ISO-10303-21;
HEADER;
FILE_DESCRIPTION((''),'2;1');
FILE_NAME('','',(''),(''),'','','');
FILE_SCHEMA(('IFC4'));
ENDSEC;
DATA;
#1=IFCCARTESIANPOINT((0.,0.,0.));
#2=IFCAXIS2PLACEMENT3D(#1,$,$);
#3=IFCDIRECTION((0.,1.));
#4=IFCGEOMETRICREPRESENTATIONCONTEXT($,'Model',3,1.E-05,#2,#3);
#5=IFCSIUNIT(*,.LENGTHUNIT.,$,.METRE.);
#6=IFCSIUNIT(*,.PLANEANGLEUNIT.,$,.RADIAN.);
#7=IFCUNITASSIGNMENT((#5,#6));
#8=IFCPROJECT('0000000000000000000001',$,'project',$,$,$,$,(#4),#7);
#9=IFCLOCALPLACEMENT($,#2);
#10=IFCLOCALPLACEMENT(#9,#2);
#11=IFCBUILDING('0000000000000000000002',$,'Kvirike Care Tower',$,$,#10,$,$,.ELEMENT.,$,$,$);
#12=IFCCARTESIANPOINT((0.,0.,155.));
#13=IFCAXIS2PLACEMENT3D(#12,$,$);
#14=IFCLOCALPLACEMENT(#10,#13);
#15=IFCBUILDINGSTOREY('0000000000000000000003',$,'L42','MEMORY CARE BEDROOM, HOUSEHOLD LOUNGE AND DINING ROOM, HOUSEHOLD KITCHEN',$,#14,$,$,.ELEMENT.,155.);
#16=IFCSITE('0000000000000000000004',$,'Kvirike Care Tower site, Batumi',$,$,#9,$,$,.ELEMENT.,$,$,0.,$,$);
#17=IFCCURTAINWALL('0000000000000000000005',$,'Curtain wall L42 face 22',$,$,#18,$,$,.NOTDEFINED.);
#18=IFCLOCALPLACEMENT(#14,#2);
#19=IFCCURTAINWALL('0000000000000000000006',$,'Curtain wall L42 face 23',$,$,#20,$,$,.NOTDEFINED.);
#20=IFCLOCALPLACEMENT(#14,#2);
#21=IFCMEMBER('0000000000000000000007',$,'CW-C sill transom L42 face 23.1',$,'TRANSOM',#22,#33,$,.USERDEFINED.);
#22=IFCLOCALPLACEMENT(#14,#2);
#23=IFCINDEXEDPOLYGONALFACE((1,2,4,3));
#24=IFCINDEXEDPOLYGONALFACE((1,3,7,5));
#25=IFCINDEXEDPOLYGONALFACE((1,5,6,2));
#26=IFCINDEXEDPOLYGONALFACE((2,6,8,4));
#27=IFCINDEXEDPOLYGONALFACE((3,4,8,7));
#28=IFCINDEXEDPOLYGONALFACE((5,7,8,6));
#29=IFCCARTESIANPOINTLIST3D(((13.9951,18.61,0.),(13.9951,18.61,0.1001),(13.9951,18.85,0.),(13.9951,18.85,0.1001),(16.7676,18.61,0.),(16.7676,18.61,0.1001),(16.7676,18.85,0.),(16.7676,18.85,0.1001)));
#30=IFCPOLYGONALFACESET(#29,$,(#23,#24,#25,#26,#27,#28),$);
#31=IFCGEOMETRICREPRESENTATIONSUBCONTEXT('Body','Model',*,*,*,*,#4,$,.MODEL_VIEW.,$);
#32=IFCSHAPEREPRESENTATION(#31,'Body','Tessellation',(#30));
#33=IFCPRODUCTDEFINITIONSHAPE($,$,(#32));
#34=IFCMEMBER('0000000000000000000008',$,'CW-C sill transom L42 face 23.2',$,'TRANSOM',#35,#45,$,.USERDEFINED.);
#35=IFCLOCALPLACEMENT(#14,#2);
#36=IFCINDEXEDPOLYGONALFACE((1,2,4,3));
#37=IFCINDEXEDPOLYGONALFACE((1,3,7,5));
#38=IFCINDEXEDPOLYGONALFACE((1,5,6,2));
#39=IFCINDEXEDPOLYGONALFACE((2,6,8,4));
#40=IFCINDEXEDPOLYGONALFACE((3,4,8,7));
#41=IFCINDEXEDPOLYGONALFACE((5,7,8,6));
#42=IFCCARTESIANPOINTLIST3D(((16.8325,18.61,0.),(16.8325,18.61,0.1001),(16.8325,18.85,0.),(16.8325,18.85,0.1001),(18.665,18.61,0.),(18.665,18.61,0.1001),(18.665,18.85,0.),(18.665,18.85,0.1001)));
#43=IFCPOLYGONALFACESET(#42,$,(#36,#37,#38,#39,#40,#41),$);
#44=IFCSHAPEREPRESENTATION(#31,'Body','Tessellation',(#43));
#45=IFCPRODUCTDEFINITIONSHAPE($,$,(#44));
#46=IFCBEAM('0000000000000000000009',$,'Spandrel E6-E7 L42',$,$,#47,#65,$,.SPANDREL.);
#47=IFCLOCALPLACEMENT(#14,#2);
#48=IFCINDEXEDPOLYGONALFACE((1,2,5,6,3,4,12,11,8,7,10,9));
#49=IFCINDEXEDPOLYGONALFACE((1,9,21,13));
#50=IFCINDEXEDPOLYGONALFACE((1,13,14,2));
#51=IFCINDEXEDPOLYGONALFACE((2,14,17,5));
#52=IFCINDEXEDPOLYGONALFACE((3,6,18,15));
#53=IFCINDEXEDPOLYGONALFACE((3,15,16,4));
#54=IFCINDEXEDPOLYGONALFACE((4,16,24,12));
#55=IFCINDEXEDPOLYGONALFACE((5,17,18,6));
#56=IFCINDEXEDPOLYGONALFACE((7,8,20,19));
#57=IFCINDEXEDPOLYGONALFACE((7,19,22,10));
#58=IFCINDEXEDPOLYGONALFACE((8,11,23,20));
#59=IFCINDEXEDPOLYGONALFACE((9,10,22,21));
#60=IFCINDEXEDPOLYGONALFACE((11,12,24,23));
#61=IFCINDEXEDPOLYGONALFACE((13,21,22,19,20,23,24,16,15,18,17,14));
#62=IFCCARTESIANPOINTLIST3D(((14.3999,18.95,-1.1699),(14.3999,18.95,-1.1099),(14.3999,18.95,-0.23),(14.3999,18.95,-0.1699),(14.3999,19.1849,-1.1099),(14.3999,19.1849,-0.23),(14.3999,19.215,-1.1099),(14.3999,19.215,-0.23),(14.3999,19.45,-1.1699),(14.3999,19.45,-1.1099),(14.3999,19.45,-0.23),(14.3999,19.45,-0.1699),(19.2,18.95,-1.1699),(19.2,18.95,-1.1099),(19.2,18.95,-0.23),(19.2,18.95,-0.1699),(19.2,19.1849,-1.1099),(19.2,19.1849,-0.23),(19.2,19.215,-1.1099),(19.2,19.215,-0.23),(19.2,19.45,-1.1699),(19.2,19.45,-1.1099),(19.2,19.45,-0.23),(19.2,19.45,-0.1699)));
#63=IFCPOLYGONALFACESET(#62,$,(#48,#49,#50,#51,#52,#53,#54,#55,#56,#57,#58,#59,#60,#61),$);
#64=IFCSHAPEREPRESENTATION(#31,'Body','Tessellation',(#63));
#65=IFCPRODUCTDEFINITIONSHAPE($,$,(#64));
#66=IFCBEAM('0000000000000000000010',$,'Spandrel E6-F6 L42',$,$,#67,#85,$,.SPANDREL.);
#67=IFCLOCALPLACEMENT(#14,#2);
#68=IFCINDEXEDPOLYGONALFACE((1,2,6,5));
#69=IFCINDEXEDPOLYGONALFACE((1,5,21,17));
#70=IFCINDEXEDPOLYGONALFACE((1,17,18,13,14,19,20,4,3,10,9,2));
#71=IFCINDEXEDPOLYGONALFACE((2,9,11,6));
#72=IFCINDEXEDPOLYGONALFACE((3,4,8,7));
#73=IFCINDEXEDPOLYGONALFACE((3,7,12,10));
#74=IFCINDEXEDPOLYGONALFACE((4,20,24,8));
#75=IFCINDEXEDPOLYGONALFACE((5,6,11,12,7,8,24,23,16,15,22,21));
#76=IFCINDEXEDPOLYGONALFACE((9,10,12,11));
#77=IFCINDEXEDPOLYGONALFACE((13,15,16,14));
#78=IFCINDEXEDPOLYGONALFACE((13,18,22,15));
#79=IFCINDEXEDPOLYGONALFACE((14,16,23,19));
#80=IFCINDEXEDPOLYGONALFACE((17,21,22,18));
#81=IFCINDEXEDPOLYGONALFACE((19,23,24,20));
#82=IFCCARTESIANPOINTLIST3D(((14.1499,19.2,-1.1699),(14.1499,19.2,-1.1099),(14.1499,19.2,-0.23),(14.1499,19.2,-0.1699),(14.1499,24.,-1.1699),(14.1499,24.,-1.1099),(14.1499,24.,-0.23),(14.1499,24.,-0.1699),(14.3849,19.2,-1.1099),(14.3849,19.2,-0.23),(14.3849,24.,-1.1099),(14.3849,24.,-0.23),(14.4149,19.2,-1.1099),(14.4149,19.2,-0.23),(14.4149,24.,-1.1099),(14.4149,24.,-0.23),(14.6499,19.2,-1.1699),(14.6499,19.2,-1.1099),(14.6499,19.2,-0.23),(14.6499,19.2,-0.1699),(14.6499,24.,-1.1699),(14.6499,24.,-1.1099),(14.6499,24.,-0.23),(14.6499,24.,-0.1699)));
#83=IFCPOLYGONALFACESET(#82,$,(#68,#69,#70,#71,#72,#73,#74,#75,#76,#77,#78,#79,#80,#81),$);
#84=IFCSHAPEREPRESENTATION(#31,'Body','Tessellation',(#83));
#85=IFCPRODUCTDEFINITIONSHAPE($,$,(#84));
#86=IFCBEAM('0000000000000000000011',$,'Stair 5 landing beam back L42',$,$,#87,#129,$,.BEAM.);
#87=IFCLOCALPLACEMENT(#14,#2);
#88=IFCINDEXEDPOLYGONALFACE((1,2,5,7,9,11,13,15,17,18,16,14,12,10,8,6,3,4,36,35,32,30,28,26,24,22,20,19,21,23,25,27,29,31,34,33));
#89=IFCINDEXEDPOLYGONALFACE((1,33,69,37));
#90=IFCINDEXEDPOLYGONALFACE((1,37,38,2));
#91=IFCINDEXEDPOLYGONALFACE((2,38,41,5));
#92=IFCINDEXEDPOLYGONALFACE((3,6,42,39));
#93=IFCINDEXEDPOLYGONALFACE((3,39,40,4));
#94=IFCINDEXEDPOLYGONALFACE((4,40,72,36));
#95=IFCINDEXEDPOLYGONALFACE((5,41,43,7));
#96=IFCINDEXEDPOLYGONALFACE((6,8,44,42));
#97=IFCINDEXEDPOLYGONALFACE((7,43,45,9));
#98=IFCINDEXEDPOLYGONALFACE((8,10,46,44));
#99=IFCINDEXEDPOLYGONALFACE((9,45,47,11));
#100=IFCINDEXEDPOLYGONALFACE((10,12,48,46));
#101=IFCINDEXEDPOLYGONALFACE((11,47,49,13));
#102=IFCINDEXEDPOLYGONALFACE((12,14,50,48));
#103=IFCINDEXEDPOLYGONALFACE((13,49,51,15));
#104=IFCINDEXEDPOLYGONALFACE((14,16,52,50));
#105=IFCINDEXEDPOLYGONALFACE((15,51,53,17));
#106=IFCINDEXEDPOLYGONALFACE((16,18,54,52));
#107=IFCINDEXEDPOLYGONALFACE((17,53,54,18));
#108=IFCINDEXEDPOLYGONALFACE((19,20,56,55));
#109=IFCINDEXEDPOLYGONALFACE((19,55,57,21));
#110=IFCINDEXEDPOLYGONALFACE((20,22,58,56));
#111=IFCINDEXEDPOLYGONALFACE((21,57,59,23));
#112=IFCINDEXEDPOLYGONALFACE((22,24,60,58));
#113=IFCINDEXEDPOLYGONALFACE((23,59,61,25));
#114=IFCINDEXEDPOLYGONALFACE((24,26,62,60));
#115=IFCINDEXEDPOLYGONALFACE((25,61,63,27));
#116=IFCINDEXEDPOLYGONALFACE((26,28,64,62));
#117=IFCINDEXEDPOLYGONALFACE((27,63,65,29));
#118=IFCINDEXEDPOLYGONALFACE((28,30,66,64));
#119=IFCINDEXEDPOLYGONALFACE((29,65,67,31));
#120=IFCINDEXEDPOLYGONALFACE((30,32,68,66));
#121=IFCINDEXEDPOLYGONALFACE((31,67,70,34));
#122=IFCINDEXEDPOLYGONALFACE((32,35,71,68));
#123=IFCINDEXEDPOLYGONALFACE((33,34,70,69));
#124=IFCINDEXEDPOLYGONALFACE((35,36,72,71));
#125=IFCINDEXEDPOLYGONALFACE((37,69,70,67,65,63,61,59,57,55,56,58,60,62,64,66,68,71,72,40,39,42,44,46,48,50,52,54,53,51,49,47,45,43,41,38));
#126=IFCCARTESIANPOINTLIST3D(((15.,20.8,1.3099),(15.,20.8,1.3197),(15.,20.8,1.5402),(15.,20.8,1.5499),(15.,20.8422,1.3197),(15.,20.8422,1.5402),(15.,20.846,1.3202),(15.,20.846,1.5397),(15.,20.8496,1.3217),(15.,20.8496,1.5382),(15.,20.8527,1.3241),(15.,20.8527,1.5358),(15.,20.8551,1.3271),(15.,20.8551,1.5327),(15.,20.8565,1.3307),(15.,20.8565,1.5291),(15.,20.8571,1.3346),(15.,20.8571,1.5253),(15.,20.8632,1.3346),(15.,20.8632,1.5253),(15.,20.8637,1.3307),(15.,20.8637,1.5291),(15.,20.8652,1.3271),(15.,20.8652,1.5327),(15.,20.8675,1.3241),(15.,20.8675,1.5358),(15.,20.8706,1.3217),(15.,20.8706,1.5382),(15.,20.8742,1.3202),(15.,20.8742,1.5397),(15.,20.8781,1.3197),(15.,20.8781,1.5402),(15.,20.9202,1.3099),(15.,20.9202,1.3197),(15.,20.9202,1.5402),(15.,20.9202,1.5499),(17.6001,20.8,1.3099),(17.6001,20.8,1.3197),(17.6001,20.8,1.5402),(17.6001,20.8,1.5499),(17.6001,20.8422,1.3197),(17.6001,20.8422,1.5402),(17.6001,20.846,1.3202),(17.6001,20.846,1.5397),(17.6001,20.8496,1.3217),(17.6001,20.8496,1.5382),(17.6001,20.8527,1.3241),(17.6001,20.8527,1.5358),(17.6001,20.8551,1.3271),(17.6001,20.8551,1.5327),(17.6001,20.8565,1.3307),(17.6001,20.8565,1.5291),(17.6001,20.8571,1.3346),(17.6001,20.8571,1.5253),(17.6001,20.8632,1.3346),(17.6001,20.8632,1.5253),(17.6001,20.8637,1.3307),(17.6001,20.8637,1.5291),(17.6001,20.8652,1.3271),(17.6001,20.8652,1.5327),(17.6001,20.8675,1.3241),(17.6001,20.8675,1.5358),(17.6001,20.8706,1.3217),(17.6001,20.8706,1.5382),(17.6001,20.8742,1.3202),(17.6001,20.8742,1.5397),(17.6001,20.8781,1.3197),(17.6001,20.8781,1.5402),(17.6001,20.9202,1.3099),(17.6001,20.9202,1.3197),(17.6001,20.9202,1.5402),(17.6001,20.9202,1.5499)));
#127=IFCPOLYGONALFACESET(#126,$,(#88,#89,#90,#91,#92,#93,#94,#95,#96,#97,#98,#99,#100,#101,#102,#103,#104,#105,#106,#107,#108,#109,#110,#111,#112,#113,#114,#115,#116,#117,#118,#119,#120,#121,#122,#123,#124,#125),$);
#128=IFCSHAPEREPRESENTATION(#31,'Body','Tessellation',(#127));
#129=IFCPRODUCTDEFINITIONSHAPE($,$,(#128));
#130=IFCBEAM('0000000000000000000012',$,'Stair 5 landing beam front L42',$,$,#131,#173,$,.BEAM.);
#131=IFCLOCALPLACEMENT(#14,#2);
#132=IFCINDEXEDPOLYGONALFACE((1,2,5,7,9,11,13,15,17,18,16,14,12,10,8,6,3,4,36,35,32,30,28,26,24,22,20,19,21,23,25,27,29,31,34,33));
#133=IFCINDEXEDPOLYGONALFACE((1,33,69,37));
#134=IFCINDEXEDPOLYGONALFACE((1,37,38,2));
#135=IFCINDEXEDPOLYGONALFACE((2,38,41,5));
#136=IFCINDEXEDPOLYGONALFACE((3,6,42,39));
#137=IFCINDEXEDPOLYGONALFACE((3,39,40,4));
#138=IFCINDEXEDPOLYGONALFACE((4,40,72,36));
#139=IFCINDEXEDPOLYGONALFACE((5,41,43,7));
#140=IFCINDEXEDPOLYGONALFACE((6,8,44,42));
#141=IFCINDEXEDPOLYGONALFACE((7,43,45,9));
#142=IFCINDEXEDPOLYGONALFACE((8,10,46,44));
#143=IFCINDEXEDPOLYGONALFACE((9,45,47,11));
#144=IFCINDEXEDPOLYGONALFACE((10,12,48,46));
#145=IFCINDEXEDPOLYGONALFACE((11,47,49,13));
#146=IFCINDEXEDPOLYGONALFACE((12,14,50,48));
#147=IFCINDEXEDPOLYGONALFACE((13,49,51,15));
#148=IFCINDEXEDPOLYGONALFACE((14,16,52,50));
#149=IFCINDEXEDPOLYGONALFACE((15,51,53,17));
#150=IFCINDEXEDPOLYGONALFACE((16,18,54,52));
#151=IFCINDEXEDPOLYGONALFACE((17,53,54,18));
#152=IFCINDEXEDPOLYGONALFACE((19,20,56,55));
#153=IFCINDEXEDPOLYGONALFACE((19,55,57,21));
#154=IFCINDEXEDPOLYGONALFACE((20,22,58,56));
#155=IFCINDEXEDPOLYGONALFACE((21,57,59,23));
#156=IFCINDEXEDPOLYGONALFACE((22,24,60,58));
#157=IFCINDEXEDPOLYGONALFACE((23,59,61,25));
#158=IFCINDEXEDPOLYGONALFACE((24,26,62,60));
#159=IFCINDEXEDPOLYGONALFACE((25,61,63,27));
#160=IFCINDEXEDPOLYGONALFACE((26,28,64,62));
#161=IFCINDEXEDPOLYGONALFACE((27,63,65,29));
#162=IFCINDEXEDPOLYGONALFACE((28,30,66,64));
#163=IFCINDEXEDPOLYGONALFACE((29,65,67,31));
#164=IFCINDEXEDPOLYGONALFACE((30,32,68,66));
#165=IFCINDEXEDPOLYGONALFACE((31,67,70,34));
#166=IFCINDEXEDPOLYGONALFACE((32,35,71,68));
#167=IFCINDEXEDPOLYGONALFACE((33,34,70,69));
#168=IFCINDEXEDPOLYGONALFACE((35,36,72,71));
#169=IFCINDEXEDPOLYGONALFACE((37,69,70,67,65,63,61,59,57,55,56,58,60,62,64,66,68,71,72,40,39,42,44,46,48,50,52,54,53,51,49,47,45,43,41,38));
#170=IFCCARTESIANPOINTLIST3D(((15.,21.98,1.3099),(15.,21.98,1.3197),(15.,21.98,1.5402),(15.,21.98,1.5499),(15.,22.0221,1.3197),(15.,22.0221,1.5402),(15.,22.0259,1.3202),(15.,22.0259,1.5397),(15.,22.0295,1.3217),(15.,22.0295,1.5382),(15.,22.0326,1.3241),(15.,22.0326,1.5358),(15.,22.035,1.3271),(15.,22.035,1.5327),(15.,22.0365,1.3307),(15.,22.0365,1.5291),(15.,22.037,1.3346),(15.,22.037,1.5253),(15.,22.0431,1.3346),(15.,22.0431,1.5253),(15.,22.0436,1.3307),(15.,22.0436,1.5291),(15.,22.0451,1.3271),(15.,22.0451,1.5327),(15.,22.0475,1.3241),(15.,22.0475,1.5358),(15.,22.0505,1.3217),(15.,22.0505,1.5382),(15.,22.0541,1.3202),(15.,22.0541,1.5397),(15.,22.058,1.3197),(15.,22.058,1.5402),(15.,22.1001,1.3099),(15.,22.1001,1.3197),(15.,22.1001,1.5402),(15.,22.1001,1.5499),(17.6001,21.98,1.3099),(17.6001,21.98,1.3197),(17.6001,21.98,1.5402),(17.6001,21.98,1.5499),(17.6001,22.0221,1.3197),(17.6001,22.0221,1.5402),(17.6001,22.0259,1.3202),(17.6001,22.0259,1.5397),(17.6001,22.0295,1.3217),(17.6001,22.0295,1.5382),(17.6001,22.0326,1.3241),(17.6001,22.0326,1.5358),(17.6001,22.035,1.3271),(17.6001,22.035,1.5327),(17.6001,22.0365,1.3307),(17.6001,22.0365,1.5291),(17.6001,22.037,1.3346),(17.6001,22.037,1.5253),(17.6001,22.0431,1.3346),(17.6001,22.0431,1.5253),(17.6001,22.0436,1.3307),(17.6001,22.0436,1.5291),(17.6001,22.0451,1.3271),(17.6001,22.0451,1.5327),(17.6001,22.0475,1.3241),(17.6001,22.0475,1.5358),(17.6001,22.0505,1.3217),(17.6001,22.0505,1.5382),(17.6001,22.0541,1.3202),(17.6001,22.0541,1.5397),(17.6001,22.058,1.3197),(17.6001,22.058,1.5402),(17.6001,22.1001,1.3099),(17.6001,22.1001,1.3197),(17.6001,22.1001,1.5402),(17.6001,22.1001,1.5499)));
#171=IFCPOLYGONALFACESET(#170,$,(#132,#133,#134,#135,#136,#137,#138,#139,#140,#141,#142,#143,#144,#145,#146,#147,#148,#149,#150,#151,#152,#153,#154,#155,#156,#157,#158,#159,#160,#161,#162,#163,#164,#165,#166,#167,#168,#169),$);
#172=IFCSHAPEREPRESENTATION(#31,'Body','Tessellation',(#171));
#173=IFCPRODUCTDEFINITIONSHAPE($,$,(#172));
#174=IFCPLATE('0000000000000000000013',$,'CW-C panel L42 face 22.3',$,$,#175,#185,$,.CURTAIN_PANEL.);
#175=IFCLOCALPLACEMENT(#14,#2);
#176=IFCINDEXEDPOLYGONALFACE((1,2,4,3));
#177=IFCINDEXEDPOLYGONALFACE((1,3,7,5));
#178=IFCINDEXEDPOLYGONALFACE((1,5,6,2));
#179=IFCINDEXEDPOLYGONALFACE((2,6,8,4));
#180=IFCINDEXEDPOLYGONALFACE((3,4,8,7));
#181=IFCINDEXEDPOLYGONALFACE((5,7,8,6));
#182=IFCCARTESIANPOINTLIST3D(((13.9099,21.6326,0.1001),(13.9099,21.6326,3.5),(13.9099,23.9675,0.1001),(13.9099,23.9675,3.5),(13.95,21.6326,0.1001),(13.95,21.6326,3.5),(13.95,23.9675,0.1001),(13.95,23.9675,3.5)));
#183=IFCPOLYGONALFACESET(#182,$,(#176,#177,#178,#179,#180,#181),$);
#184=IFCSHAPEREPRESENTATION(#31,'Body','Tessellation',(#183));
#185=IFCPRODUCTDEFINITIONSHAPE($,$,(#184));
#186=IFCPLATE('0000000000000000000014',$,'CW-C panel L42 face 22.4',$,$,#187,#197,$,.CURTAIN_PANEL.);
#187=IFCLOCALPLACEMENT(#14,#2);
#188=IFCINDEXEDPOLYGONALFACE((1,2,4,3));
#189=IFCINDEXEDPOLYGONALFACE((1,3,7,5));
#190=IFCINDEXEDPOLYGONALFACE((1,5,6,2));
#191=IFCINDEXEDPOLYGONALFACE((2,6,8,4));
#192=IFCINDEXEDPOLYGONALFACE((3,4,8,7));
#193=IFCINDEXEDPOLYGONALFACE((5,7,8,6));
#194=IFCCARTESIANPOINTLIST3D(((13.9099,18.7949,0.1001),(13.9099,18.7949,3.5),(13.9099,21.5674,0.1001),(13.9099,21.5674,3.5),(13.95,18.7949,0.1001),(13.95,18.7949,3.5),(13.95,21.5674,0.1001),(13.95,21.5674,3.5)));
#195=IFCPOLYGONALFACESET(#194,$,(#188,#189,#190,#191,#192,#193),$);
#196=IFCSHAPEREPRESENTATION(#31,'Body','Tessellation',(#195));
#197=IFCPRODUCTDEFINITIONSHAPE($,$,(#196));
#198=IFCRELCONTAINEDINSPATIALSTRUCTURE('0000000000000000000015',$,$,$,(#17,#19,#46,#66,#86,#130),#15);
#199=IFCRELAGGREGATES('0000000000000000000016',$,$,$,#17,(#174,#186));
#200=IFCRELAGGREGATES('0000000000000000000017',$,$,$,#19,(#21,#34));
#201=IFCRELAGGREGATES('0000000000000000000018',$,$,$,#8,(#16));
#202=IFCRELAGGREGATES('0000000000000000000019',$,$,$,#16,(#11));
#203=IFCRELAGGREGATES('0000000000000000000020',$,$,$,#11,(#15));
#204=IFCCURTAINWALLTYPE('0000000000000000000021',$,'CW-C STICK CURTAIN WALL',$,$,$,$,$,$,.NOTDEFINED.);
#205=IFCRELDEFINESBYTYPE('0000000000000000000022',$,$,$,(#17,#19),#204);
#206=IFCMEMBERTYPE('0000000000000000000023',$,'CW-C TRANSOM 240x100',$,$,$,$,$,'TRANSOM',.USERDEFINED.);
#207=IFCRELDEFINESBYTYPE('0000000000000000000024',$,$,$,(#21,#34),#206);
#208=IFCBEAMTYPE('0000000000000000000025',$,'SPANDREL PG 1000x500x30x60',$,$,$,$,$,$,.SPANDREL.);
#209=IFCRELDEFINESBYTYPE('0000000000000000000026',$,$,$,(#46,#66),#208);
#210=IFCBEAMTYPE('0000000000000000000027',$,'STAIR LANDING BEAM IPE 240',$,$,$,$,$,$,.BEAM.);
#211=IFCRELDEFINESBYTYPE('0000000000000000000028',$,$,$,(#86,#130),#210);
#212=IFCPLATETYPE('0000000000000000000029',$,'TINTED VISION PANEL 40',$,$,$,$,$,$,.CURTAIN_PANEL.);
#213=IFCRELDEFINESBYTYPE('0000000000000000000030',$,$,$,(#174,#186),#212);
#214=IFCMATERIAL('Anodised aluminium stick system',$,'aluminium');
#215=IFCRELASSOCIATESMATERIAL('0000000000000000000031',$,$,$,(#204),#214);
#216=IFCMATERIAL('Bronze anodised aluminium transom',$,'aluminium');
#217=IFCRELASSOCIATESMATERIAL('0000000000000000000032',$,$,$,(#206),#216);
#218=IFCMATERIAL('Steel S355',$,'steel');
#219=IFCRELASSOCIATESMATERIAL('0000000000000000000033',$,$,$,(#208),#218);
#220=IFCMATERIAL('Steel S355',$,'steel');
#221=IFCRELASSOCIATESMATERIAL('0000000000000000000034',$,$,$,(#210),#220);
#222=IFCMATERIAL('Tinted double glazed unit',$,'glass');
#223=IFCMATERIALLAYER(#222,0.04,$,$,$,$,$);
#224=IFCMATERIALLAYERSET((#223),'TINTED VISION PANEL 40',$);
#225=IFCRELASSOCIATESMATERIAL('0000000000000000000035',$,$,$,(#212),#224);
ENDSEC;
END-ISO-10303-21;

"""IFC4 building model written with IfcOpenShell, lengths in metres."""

from ifc_helpers import new_model, si_unit, direction, frame, origin, origin_2d, place, context, subcontext, project, spatial, rectangle, i_section, extrude, material, layer, layer_set, material_profile, profile_set, type_object, element, aggregate, save


model = new_model("IFC4")

# Units and contexts
model_context = context("Model", 3, precision=1e-05, world=origin(), true_north=direction((0.0, 1.0)))
body_context = subcontext(model_context, "Body", "Model", "MODEL_VIEW")
ifc_project = project(units=[si_unit("LENGTHUNIT", "METRE"), si_unit("PLANEANGLEUNIT", "RADIAN")], contexts=[model_context])

# Site, building, storey
site_placement = place(None, origin())
site = spatial("IfcSite", under=ifc_project, at=site_placement, Name="Kvirike Care Tower site, Batumi", CompositionType="ELEMENT", RefElevation=0.0)
building_placement = place(site_placement, origin())
building = spatial("IfcBuilding", under=site, at=building_placement, Name="Kvirike Care Tower", CompositionType="ELEMENT")
storey_placement = place(building_placement, frame((0.0, 0.0, 155.0)))
storey = spatial("IfcBuildingStorey", under=building, at=storey_placement, Name="L42", Description="MEMORY CARE BEDROOM, HOUSEHOLD LOUNGE AND DINING ROOM, HOUSEHOLD KITCHEN", CompositionType="ELEMENT", Elevation=155.0)

# Curtain walls
ifc_material_1 = material(Name="Anodised aluminium stick system", Category="aluminium")
curtain_wall_type = type_object("IfcCurtainWallType", Name="CW-C STICK CURTAIN WALL", PredefinedType="NOTDEFINED", material=ifc_material_1)
curtain_wall_1_placement = place(storey_placement, origin())
curtain_wall_1 = element("IfcCurtainWall", 1, at=curtain_wall_1_placement, inside=storey, type_object=curtain_wall_type, Name="Curtain wall L42 face 22", PredefinedType="NOTDEFINED")
curtain_wall_2_placement = place(storey_placement, origin())
curtain_wall_2 = element("IfcCurtainWall", 2, at=curtain_wall_2_placement, inside=storey, type_object=curtain_wall_type, Name="Curtain wall L42 face 23", PredefinedType="NOTDEFINED")

# Members
ifc_material_2 = material(Name="Bronze anodised aluminium transom", Category="aluminium")
ifc_material_profile_1 = material_profile(ifc_material_2, rectangle(XDim=0.24, YDim=0.1001, at=origin_2d()), Name="CW-C TRANSOM 240x100")
ifc_profile_set_1 = profile_set([ifc_material_profile_1], Name="Bronze anodised aluminium transom")
member_type_1 = type_object("IfcMemberType", Name="CW-C TRANSOM 240x100", ElementType="TRANSOM", PredefinedType="USERDEFINED", material=ifc_profile_set_1)
member_1_placement = place(storey_placement, frame((13.9951, 18.73, 0.05), z_axis=(1.0, 0.0, 0.0), x_axis=(0.0, 1.0, 0.0)))
member_1 = element("IfcMember", 3, at=member_1_placement, type_object=member_type_1, Name="CW-C sill transom L42 face 23.1", ObjectType="TRANSOM", PredefinedType="USERDEFINED", context=body_context, shape_type="SweptSolid", body=[
    extrude(rectangle(XDim=0.24, YDim=0.1001, at=origin_2d()), origin(), (0.0, 0.0, 1.0), 2.7725),
])
member_2_placement = place(storey_placement, frame((16.8325, 18.73, 0.05), z_axis=(1.0, 0.0, 0.0), x_axis=(0.0, 1.0, 0.0)))
member_2 = element("IfcMember", 4, at=member_2_placement, type_object=member_type_1, Name="CW-C sill transom L42 face 23.2", ObjectType="TRANSOM", PredefinedType="USERDEFINED", context=body_context, shape_type="SweptSolid", body=[
    extrude(rectangle(XDim=0.24, YDim=0.1001, at=origin_2d()), origin(), (0.0, 0.0, 1.0), 1.8325),
])

# Beams
ifc_material_3 = material(Name="Steel S355", Category="steel")
ifc_material_profile_2 = material_profile(ifc_material_3, i_section(OverallWidth=0.5, OverallDepth=1.0, WebThickness=0.03, FlangeThickness=0.0601, at=origin_2d()), Name="PG 1000x500x30x60")
ifc_profile_set_2 = profile_set([ifc_material_profile_2], Name="Steel S355")
beam_type_1 = type_object("IfcBeamType", Name="SPANDREL PG 1000x500x30x60", PredefinedType="SPANDREL", material=ifc_profile_set_2)
for number, where, z_axis, x_axis, name in (
    (5, (14.3999, 19.2, -0.6699), (1.0, 0.0, 0.0), (0.0, 1.0, 0.0), "Spandrel E6-E7 L42"),
    (6, (14.3999, 19.2, -0.6699), (0.0, 1.0, 0.0), (-1.0, 0.0, 0.0), "Spandrel E6-F6 L42"),
):
    element("IfcBeam", number, at=place(storey_placement, frame(where, z_axis=z_axis, x_axis=x_axis)), inside=storey, type_object=beam_type_1, Name=name, PredefinedType="SPANDREL", context=body_context, shape_type="SweptSolid", body=[
        extrude(i_section(OverallWidth=0.5, OverallDepth=1.0, WebThickness=0.03, FlangeThickness=0.0601, at=origin_2d()), origin(), (0.0, 0.0, 1.0), 4.8),
    ])
ifc_material_4 = material(Name="Steel S355", Category="steel")
ifc_material_profile_3 = material_profile(ifc_material_4, i_section(OverallWidth=0.1201, OverallDepth=0.24, WebThickness=0.0061, FlangeThickness=0.0098, FilletRadius=0.0149, at=origin_2d()), Name="IPE 240")
ifc_profile_set_3 = profile_set([ifc_material_profile_3], Name="Steel S355")
beam_type_2 = type_object("IfcBeamType", Name="STAIR LANDING BEAM IPE 240", PredefinedType="BEAM", material=ifc_profile_set_3)
for number, where, z_axis, x_axis, name in (
    (7, (15.0, 20.8601, 1.4299), (1.0, 0.0, 0.0), (0.0, 1.0, 0.0), "Stair 5 landing beam back L42"),
    (8, (15.0, 22.04, 1.4299), (1.0, 0.0, 0.0), (0.0, 1.0, 0.0), "Stair 5 landing beam front L42"),
):
    element("IfcBeam", number, at=place(storey_placement, frame(where, z_axis=z_axis, x_axis=x_axis)), inside=storey, type_object=beam_type_2, Name=name, PredefinedType="BEAM", context=body_context, shape_type="SweptSolid", body=[
        extrude(i_section(OverallWidth=0.1201, OverallDepth=0.24, WebThickness=0.0061, FlangeThickness=0.0098, FilletRadius=0.0149, at=origin_2d()), origin(), (0.0, 0.0, 1.0), 2.6001),
    ])

# Plates
ifc_material_5 = material(Name="Tinted double glazed unit", Category="glass")
ifc_layer_1 = layer(ifc_material_5, 0.04)
ifc_layer_set_1 = layer_set([ifc_layer_1], Name="TINTED VISION PANEL 40")
plate_type = type_object("IfcPlateType", Name="TINTED VISION PANEL 40", PredefinedType="CURTAIN_PANEL", material=ifc_layer_set_1)
plate_1_placement = place(storey_placement, frame((13.9299, 22.8, 0.1001), z_axis=(0.0, 0.0, 1.0), x_axis=(0.0, -1.0, 0.0)))
plate_1 = element("IfcPlate", 9, at=plate_1_placement, type_object=plate_type, Name="CW-C panel L42 face 22.3", PredefinedType="CURTAIN_PANEL", context=body_context, shape_type="SweptSolid", body=[
    extrude(rectangle(XDim=2.335, YDim=0.04, at=origin_2d()), origin(), (0.0, 0.0, 1.0), 3.3999),
])
plate_2_placement = place(storey_placement, frame((13.9299, 20.1812, 0.1001), z_axis=(0.0, 0.0, 1.0), x_axis=(0.0, -1.0, 0.0)))
plate_2 = element("IfcPlate", 10, at=plate_2_placement, type_object=plate_type, Name="CW-C panel L42 face 22.4", PredefinedType="CURTAIN_PANEL", context=body_context, shape_type="SweptSolid", body=[
    extrude(rectangle(XDim=2.7725, YDim=0.04, at=origin_2d()), origin(), (0.0, 0.0, 1.0), 3.3999),
])
aggregate(curtain_wall_1, [plate_1, plate_2])
aggregate(curtain_wall_2, [member_1, member_2])

save(model, "model.ifc")
